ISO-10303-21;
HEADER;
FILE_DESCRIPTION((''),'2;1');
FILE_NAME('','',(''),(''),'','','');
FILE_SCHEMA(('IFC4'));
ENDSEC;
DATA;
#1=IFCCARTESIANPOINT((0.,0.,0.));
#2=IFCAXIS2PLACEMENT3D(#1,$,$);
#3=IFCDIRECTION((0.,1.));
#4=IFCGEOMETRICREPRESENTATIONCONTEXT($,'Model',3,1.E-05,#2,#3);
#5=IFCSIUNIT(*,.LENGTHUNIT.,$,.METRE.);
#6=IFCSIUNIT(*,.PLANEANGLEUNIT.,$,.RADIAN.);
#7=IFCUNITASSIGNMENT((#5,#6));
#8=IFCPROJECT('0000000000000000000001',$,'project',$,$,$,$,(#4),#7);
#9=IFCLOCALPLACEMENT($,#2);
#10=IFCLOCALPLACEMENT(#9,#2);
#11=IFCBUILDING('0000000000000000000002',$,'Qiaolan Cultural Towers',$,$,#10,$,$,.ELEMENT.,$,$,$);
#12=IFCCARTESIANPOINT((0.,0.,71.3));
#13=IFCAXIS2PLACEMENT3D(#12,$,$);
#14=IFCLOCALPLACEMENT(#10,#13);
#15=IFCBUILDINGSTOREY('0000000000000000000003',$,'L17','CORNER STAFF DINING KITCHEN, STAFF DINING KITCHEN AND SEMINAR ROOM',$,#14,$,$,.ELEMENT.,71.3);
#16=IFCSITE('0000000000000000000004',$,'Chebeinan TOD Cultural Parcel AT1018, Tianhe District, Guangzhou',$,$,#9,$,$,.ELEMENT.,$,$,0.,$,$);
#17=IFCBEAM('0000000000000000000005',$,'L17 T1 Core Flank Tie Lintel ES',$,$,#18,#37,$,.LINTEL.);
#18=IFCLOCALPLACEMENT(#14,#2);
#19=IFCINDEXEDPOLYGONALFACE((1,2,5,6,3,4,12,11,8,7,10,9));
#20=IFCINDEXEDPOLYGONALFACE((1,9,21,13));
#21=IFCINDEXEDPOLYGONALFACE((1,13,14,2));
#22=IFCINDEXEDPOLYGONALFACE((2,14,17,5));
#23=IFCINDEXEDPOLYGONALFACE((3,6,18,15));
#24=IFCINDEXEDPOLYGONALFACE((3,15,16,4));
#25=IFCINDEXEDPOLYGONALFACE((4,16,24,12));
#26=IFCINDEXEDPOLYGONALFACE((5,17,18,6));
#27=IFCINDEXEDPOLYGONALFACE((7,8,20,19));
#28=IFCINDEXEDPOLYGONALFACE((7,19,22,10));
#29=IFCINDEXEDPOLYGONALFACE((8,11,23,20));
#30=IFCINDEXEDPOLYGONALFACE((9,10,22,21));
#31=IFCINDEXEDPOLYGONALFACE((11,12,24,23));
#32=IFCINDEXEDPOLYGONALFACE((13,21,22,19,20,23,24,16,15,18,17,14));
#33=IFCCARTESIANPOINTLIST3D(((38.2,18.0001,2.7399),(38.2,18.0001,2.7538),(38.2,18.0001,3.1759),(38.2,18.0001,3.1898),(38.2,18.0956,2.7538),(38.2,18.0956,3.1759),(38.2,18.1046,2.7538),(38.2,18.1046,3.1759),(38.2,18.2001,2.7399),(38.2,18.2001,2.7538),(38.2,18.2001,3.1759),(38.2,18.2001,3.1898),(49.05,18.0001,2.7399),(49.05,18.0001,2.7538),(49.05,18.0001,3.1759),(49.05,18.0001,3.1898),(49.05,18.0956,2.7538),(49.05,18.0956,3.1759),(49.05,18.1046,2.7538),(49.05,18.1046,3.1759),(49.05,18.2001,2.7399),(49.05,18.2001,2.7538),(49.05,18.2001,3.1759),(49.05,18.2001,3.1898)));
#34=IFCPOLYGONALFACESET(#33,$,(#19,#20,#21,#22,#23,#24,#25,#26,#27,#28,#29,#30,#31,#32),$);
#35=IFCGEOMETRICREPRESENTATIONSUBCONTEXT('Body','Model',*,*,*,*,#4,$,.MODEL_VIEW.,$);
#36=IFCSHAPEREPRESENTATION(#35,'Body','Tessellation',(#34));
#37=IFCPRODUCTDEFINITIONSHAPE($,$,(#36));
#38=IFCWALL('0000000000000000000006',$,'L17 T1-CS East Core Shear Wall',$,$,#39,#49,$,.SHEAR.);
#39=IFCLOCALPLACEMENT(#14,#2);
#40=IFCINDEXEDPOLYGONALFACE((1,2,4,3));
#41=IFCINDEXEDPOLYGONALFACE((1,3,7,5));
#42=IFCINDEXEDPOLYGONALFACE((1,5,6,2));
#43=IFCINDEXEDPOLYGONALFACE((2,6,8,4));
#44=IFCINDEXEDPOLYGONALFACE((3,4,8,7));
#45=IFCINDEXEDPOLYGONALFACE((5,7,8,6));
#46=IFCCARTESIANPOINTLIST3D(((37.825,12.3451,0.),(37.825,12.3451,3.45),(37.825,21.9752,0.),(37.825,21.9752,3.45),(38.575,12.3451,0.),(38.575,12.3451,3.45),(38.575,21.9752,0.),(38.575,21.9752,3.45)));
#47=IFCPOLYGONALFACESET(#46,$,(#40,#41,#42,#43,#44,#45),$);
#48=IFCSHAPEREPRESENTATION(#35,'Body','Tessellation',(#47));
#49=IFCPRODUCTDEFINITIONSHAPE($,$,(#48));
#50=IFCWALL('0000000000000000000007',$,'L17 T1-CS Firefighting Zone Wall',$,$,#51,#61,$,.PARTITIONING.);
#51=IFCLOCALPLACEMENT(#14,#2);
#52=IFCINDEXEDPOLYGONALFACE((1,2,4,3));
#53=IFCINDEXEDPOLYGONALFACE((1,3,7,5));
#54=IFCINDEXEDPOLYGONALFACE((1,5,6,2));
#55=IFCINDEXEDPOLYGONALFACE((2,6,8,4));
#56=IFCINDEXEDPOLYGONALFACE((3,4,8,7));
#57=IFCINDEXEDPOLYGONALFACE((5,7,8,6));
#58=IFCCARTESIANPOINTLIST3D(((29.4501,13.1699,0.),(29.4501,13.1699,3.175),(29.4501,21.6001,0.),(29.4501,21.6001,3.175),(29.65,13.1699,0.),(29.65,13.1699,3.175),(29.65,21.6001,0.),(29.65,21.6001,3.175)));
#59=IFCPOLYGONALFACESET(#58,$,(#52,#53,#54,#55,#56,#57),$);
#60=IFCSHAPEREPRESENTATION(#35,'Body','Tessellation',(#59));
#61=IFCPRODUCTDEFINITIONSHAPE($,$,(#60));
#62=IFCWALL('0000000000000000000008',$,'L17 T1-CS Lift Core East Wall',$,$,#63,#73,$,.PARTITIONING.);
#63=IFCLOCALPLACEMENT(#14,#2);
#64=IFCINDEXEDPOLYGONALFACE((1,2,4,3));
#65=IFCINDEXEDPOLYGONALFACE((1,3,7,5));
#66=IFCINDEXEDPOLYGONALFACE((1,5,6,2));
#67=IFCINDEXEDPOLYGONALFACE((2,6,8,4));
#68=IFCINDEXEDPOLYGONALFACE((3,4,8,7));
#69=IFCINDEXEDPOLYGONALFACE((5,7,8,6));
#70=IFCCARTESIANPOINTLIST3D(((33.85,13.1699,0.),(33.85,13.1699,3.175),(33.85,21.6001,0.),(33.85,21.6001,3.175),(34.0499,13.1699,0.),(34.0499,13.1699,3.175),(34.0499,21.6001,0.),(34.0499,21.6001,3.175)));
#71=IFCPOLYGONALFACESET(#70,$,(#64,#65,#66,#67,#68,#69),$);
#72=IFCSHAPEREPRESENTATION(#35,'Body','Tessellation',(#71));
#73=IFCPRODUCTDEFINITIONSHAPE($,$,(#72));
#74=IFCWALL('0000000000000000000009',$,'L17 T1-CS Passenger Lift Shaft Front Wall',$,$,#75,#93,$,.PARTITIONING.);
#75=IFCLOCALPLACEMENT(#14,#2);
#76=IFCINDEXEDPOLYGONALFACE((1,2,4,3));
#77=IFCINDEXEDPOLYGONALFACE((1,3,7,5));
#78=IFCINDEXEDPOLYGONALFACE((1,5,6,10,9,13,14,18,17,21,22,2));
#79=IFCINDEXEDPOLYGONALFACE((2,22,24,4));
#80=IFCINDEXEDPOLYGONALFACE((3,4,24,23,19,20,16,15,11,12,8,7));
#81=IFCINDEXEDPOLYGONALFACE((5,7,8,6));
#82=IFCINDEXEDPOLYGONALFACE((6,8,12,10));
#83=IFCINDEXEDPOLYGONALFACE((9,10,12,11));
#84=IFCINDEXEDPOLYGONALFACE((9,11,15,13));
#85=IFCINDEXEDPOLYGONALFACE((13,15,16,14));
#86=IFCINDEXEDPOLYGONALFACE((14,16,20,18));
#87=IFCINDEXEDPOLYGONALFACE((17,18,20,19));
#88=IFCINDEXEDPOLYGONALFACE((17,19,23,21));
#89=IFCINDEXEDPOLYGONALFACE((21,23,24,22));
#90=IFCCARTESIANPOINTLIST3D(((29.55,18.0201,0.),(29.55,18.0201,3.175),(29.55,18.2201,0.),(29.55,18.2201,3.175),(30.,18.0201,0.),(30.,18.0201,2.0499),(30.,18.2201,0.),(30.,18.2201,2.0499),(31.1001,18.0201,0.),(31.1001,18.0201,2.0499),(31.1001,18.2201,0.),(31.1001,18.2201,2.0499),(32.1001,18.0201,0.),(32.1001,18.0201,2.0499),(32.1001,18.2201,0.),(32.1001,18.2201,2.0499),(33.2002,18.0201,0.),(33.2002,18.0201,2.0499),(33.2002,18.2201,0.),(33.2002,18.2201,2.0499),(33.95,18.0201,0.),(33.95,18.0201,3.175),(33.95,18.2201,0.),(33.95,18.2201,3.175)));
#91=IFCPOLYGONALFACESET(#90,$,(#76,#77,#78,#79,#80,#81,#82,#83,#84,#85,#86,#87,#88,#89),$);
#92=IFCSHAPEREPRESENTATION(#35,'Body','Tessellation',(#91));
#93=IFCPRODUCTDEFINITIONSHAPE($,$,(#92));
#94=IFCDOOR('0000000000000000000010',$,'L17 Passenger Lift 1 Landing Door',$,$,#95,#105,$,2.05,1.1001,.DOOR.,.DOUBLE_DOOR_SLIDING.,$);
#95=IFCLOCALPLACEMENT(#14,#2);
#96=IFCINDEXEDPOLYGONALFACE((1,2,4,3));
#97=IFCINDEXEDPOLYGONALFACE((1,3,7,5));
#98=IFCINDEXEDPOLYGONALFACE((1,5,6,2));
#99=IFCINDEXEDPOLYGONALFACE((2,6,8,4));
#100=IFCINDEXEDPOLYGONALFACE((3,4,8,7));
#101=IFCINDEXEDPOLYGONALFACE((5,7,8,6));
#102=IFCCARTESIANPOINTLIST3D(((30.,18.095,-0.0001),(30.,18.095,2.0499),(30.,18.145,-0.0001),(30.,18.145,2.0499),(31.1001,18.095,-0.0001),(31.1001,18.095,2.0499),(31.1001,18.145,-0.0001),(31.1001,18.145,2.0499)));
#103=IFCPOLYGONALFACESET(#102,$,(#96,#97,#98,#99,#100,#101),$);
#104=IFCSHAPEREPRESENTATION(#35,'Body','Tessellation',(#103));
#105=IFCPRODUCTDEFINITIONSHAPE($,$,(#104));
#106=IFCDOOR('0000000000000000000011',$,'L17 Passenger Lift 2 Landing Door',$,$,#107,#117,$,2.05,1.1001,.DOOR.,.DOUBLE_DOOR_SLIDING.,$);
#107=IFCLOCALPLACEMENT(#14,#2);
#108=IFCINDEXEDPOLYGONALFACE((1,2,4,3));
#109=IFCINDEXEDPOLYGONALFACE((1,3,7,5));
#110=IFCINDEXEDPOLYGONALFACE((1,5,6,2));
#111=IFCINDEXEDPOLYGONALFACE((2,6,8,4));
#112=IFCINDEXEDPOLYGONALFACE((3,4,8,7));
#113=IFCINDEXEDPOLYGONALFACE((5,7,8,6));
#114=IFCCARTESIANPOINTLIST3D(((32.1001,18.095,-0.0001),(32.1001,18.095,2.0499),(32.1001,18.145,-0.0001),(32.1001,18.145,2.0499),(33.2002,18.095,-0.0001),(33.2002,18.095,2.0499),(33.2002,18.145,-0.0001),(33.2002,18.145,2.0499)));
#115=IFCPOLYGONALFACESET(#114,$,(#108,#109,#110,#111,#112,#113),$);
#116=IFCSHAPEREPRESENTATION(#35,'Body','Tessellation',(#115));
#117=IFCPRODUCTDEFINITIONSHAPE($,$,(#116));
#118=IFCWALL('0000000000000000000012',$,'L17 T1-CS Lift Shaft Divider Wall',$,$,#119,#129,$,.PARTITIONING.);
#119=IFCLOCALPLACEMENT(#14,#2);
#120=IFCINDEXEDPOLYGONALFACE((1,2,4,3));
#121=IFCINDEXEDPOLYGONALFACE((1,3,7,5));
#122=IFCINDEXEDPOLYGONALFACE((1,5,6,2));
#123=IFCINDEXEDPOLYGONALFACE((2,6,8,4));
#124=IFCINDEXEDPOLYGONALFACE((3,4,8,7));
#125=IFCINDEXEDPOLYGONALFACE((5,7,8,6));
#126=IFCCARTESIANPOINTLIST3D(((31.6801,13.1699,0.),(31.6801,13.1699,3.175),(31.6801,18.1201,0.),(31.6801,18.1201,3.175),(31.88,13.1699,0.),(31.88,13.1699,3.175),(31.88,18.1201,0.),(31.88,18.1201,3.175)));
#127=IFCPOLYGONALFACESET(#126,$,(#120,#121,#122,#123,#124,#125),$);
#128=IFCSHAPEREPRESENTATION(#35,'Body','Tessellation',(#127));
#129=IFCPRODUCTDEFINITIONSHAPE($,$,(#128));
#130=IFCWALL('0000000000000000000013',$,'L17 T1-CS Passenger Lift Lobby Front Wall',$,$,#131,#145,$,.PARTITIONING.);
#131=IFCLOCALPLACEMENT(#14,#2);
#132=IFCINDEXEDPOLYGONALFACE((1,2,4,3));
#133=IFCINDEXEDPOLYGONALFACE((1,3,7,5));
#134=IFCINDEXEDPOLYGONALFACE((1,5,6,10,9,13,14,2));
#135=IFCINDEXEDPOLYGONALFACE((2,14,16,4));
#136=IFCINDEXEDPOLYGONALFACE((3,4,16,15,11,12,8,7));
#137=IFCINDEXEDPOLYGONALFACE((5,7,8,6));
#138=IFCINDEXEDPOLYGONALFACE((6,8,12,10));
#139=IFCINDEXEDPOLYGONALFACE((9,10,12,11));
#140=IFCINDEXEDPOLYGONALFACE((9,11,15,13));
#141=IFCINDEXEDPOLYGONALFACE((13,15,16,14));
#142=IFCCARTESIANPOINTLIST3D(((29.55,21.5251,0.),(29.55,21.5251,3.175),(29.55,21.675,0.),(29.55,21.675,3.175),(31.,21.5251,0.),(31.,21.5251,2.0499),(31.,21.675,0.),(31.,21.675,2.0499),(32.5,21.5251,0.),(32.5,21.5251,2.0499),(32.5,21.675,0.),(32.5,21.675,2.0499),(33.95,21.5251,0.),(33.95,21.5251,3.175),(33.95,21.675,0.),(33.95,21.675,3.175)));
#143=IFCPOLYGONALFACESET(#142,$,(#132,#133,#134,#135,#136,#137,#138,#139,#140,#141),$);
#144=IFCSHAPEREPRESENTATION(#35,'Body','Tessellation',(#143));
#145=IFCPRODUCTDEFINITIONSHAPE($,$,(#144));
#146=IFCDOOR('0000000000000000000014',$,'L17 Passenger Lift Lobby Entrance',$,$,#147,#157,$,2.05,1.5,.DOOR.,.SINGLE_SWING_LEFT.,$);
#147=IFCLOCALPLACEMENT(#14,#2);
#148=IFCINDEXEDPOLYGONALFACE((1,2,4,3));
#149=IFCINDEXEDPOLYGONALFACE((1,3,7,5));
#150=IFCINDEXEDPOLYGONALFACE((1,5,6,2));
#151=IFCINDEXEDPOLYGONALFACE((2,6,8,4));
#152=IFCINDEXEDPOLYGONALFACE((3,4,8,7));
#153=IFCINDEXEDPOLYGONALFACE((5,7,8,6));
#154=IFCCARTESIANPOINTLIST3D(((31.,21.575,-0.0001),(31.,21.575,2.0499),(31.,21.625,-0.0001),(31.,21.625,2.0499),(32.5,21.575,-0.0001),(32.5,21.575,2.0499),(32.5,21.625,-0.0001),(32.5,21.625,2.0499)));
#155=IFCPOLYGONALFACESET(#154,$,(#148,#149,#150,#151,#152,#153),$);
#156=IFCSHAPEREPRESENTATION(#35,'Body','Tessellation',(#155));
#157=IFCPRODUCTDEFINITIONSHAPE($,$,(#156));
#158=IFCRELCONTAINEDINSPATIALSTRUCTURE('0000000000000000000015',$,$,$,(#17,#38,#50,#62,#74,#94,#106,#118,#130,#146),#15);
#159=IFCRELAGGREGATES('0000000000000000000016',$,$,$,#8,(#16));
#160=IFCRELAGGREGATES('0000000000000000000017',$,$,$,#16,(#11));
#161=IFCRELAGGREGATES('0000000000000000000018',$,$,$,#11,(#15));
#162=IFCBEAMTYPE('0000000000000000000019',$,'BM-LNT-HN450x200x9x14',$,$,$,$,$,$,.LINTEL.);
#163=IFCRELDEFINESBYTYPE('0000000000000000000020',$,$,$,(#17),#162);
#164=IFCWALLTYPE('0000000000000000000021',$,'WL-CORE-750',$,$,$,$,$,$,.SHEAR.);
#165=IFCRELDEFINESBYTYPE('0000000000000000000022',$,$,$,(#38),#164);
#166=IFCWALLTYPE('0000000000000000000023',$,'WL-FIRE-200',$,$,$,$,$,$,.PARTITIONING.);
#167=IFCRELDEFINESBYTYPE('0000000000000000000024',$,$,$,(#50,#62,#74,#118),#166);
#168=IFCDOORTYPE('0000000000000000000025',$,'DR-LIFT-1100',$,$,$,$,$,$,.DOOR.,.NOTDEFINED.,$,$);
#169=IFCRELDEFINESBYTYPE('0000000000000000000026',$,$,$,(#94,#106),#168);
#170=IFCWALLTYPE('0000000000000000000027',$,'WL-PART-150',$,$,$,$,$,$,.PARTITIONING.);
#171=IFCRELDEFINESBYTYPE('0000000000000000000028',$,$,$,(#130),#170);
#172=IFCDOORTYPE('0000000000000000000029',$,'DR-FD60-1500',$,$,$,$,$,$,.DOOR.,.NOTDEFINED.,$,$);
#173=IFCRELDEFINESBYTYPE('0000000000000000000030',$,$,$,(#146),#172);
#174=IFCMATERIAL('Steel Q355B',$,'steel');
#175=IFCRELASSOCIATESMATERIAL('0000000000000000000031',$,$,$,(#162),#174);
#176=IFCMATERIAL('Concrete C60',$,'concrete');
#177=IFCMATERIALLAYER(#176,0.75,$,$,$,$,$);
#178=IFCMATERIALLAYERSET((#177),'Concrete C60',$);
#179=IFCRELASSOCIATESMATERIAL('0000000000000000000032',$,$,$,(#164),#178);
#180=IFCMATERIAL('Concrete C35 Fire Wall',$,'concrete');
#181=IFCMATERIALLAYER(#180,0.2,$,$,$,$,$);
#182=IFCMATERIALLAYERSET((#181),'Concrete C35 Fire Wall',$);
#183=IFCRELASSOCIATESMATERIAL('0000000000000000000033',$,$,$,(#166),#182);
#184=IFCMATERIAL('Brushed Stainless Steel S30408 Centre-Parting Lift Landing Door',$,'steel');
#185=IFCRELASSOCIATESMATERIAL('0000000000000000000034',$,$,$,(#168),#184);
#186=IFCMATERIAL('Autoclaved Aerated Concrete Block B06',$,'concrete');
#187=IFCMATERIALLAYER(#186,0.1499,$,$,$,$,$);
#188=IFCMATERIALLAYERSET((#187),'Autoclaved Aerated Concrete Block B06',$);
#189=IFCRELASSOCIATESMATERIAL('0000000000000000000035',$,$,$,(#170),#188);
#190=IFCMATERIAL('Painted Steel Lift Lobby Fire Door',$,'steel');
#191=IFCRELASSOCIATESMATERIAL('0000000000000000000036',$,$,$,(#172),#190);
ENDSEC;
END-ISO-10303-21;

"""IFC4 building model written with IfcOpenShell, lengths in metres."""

from ifc_helpers import new_model, si_unit, direction, frame, frame_2d, origin, origin_2d, place, context, subcontext, project, spatial, rectangle, i_section, extrude, material, layer, layer_set, material_profile, profile_set, type_object, element, fill, save


model = new_model("IFC4")

# Units and contexts
model_context = context("Model", 3, precision=1e-05, world=origin(), true_north=direction((0.0, 1.0)))
body_context = subcontext(model_context, "Body", "Model", "MODEL_VIEW")
ifc_project = project(units=[si_unit("LENGTHUNIT", "METRE"), si_unit("PLANEANGLEUNIT", "RADIAN")], contexts=[model_context])

# Site, building, storey
site_placement = place(None, origin())
site = spatial("IfcSite", under=ifc_project, at=site_placement, Name="Chebeinan TOD Cultural Parcel AT1018, Tianhe District, Guangzhou", CompositionType="ELEMENT", RefElevation=0.0)
building_placement = place(site_placement, origin())
building = spatial("IfcBuilding", under=site, at=building_placement, Name="Qiaolan Cultural Towers", CompositionType="ELEMENT")
storey_placement = place(building_placement, frame((0.0, 0.0, 71.3)))
storey = spatial("IfcBuildingStorey", under=building, at=storey_placement, Name="L17", Description="CORNER STAFF DINING KITCHEN, STAFF DINING KITCHEN AND SEMINAR ROOM", CompositionType="ELEMENT", Elevation=71.3)

# Beam
ifc_material_1 = material(Name="Steel Q355B", Category="steel")
ifc_material_profile = material_profile(ifc_material_1, i_section(OverallWidth=0.2, OverallDepth=0.45, WebThickness=0.009, FlangeThickness=0.0139, at=origin_2d()), Name="HN450x200x9x14")
ifc_profile_set = profile_set([ifc_material_profile], Name="Steel Q355B")
beam_type = type_object("IfcBeamType", Name="BM-LNT-HN450x200x9x14", PredefinedType="LINTEL", material=ifc_profile_set)
beam_placement = place(storey_placement, frame((38.2, 18.1001, 2.9648), z_axis=(1.0, 0.0, 0.0), x_axis=(0.0, 1.0, 0.0)))
element("IfcBeam", 1, at=beam_placement, inside=storey, type_object=beam_type, Name="L17 T1 Core Flank Tie Lintel ES", PredefinedType="LINTEL", context=body_context, shape_type="SweptSolid", body=[
    extrude(i_section(OverallWidth=0.2, OverallDepth=0.45, WebThickness=0.009, FlangeThickness=0.0139, at=origin_2d()), origin(), (0.0, 0.0, 1.0), 10.8501),
])

# Walls
ifc_material_2 = material(Name="Concrete C60", Category="concrete")
ifc_layer_1 = layer(ifc_material_2, 0.75)
ifc_layer_set_1 = layer_set([ifc_layer_1], Name="Concrete C60")
wall_type_1 = type_object("IfcWallType", Name="WL-CORE-750", PredefinedType="SHEAR", material=ifc_layer_set_1)
wall_1_placement = place(storey_placement, frame((38.2, 21.9751, 0.0), z_axis=(0.0, 0.0, 1.0), x_axis=(0.0, -1.0, 0.0)))
element("IfcWall", 2, at=wall_1_placement, inside=storey, type_object=wall_type_1, Name="L17 T1-CS East Core Shear Wall", PredefinedType="SHEAR", context=body_context, shape_type="SweptSolid", body=[
    extrude(rectangle(XDim=9.6301, YDim=0.75, at=frame_2d((4.8149, 0.0))), origin(), (0.0, 0.0, 1.0), 3.45),
])
ifc_material_3 = material(Name="Concrete C35 Fire Wall", Category="concrete")
ifc_layer_2 = layer(ifc_material_3, 0.2)
ifc_layer_set_2 = layer_set([ifc_layer_2], Name="Concrete C35 Fire Wall")
wall_type_2 = type_object("IfcWallType", Name="WL-FIRE-200", PredefinedType="PARTITIONING", material=ifc_layer_set_2)
for number, where, z_axis, x_axis, name in (
    (3, (29.55, 21.6001, 0.0), (0.0, 0.0, 1.0), (0.0, -1.0, 0.0), "L17 T1-CS Firefighting Zone Wall"),
    (4, (33.95, 21.6001, 0.0), (0.0, 0.0, 1.0), (0.0, -1.0, 0.0), "L17 T1-CS Lift Core East Wall"),
):
    element("IfcWall", number, at=place(storey_placement, frame(where, z_axis=z_axis, x_axis=x_axis)), inside=storey, type_object=wall_type_2, Name=name, PredefinedType="PARTITIONING", context=body_context, shape_type="SweptSolid", body=[
        extrude(rectangle(XDim=8.4302, YDim=0.2, at=frame_2d((4.2151, 0.0))), origin(), (0.0, 0.0, 1.0), 3.175),
    ])

# Wall, openings, doors
wall_2_placement = place(storey_placement, frame((29.55, 18.1201, 0.0), z_axis=(0.0, 0.0, 1.0), x_axis=(1.0, 0.0, 0.0)))
wall_2 = element("IfcWall", 5, at=wall_2_placement, inside=storey, type_object=wall_type_2, Name="L17 T1-CS Passenger Lift Shaft Front Wall", PredefinedType="PARTITIONING", context=body_context, shape_type="SweptSolid", body=[
    extrude(rectangle(XDim=4.3999, YDim=0.2, at=frame_2d((2.2, 0.0))), origin(), (0.0, 0.0, 1.0), 3.175),
])
opening_1_placement = place(wall_2_placement, frame((0.45, 0.0, 0.0)))
opening_1 = element("IfcOpeningElement", 6, at=opening_1_placement, cuts=wall_2, PredefinedType="OPENING", context=body_context, shape_type="SweptSolid", body=[
    extrude(rectangle(XDim=1.1001, YDim=2.05, at=frame_2d((0.55, 1.0249))), frame((0.0, 0.1099, 0.0), z_axis=(0.0, -1.0, 0.0), x_axis=(1.0, 0.0, 0.0)), (0.0, 0.0, 1.0), 0.22),
])
opening_2_placement = place(wall_2_placement, frame((2.55, 0.0, 0.0)))
opening_2 = element("IfcOpeningElement", 7, at=opening_2_placement, cuts=wall_2, PredefinedType="OPENING", context=body_context, shape_type="SweptSolid", body=[
    extrude(rectangle(XDim=1.1001, YDim=2.05, at=frame_2d((0.55, 1.0249))), frame((0.0, 0.1099, 0.0), z_axis=(0.0, -1.0, 0.0), x_axis=(1.0, 0.0, 0.0)), (0.0, 0.0, 1.0), 0.22),
])
ifc_material_4 = material(Name="Brushed Stainless Steel S30408 Centre-Parting Lift Landing Door", Category="steel")
door_type_1 = type_object("IfcDoorType", Name="DR-LIFT-1100", OperationType="NOTDEFINED", PredefinedType="DOOR", material=ifc_material_4)
door_1_placement = place(opening_1_placement, origin())
door_1 = element("IfcDoor", 8, at=door_1_placement, inside=storey, type_object=door_type_1, Name="L17 Passenger Lift 1 Landing Door", OperationType="DOUBLE_DOOR_SLIDING", OverallHeight=2.05, OverallWidth=1.1001, PredefinedType="DOOR", context=body_context, shape_type="SweptSolid", body=[
    extrude(rectangle(XDim=1.1001, YDim=2.05, at=frame_2d((0.55, 1.0249))), frame((0.0, 0.0249, 0.0), z_axis=(0.0, -1.0, 0.0), x_axis=(1.0, 0.0, 0.0)), (0.0, 0.0, 1.0), 0.05),
])
fill(opening_1, door_1)
door_2_placement = place(opening_2_placement, origin())
door_2 = element("IfcDoor", 9, at=door_2_placement, inside=storey, type_object=door_type_1, Name="L17 Passenger Lift 2 Landing Door", OperationType="DOUBLE_DOOR_SLIDING", OverallHeight=2.05, OverallWidth=1.1001, PredefinedType="DOOR", context=body_context, shape_type="SweptSolid", body=[
    extrude(rectangle(XDim=1.1001, YDim=2.05, at=frame_2d((0.55, 1.0249))), frame((0.0, 0.0249, 0.0), z_axis=(0.0, -1.0, 0.0), x_axis=(1.0, 0.0, 0.0)), (0.0, 0.0, 1.0), 0.05),
])
fill(opening_2, door_2)

# Wall
wall_3_placement = place(storey_placement, frame((31.78, 18.1201, 0.0), z_axis=(0.0, 0.0, 1.0), x_axis=(0.0, -1.0, 0.0)))
element("IfcWall", 10, at=wall_3_placement, inside=storey, type_object=wall_type_2, Name="L17 T1-CS Lift Shaft Divider Wall", PredefinedType="PARTITIONING", context=body_context, shape_type="SweptSolid", body=[
    extrude(rectangle(XDim=4.9502, YDim=0.2, at=frame_2d((2.4751, 0.0))), origin(), (0.0, 0.0, 1.0), 3.175),
])

# Wall, opening, door
ifc_material_5 = material(Name="Autoclaved Aerated Concrete Block B06", Category="concrete")
ifc_layer_3 = layer(ifc_material_5, 0.1499)
ifc_layer_set_3 = layer_set([ifc_layer_3], Name="Autoclaved Aerated Concrete Block B06")
wall_type_3 = type_object("IfcWallType", Name="WL-PART-150", PredefinedType="PARTITIONING", material=ifc_layer_set_3)
wall_4_placement = place(storey_placement, frame((29.55, 21.6001, 0.0), z_axis=(0.0, 0.0, 1.0), x_axis=(1.0, 0.0, 0.0)))
wall_4 = element("IfcWall", 11, at=wall_4_placement, inside=storey, type_object=wall_type_3, Name="L17 T1-CS Passenger Lift Lobby Front Wall", PredefinedType="PARTITIONING", context=body_context, shape_type="SweptSolid", body=[
    extrude(rectangle(XDim=4.3999, YDim=0.1499, at=frame_2d((2.2, 0.0))), origin(), (0.0, 0.0, 1.0), 3.175),
])
opening_3_placement = place(wall_4_placement, frame((1.45, 0.0, 0.0)))
opening_3 = element("IfcOpeningElement", 12, at=opening_3_placement, cuts=wall_4, PredefinedType="OPENING", context=body_context, shape_type="SweptSolid", body=[
    extrude(rectangle(XDim=1.5, YDim=2.05, at=frame_2d((0.75, 1.0249))), frame((0.0, 0.085, 0.0), z_axis=(0.0, -1.0, 0.0), x_axis=(1.0, 0.0, 0.0)), (0.0, 0.0, 1.0), 0.1699),
])
ifc_material_6 = material(Name="Painted Steel Lift Lobby Fire Door", Category="steel")
door_type_2 = type_object("IfcDoorType", Name="DR-FD60-1500", OperationType="NOTDEFINED", PredefinedType="DOOR", material=ifc_material_6)
door_3_placement = place(opening_3_placement, origin())
door_3 = element("IfcDoor", 13, at=door_3_placement, inside=storey, type_object=door_type_2, Name="L17 Passenger Lift Lobby Entrance", OperationType="SINGLE_SWING_LEFT", OverallHeight=2.05, OverallWidth=1.5, PredefinedType="DOOR", context=body_context, shape_type="SweptSolid", body=[
    extrude(rectangle(XDim=1.5, YDim=2.05, at=frame_2d((0.75, 1.0249))), frame((0.0, 0.0249, 0.0), z_axis=(0.0, -1.0, 0.0), x_axis=(1.0, 0.0, 0.0)), (0.0, 0.0, 1.0), 0.05),
])
fill(opening_3, door_3)

save(model, "model.ifc")
